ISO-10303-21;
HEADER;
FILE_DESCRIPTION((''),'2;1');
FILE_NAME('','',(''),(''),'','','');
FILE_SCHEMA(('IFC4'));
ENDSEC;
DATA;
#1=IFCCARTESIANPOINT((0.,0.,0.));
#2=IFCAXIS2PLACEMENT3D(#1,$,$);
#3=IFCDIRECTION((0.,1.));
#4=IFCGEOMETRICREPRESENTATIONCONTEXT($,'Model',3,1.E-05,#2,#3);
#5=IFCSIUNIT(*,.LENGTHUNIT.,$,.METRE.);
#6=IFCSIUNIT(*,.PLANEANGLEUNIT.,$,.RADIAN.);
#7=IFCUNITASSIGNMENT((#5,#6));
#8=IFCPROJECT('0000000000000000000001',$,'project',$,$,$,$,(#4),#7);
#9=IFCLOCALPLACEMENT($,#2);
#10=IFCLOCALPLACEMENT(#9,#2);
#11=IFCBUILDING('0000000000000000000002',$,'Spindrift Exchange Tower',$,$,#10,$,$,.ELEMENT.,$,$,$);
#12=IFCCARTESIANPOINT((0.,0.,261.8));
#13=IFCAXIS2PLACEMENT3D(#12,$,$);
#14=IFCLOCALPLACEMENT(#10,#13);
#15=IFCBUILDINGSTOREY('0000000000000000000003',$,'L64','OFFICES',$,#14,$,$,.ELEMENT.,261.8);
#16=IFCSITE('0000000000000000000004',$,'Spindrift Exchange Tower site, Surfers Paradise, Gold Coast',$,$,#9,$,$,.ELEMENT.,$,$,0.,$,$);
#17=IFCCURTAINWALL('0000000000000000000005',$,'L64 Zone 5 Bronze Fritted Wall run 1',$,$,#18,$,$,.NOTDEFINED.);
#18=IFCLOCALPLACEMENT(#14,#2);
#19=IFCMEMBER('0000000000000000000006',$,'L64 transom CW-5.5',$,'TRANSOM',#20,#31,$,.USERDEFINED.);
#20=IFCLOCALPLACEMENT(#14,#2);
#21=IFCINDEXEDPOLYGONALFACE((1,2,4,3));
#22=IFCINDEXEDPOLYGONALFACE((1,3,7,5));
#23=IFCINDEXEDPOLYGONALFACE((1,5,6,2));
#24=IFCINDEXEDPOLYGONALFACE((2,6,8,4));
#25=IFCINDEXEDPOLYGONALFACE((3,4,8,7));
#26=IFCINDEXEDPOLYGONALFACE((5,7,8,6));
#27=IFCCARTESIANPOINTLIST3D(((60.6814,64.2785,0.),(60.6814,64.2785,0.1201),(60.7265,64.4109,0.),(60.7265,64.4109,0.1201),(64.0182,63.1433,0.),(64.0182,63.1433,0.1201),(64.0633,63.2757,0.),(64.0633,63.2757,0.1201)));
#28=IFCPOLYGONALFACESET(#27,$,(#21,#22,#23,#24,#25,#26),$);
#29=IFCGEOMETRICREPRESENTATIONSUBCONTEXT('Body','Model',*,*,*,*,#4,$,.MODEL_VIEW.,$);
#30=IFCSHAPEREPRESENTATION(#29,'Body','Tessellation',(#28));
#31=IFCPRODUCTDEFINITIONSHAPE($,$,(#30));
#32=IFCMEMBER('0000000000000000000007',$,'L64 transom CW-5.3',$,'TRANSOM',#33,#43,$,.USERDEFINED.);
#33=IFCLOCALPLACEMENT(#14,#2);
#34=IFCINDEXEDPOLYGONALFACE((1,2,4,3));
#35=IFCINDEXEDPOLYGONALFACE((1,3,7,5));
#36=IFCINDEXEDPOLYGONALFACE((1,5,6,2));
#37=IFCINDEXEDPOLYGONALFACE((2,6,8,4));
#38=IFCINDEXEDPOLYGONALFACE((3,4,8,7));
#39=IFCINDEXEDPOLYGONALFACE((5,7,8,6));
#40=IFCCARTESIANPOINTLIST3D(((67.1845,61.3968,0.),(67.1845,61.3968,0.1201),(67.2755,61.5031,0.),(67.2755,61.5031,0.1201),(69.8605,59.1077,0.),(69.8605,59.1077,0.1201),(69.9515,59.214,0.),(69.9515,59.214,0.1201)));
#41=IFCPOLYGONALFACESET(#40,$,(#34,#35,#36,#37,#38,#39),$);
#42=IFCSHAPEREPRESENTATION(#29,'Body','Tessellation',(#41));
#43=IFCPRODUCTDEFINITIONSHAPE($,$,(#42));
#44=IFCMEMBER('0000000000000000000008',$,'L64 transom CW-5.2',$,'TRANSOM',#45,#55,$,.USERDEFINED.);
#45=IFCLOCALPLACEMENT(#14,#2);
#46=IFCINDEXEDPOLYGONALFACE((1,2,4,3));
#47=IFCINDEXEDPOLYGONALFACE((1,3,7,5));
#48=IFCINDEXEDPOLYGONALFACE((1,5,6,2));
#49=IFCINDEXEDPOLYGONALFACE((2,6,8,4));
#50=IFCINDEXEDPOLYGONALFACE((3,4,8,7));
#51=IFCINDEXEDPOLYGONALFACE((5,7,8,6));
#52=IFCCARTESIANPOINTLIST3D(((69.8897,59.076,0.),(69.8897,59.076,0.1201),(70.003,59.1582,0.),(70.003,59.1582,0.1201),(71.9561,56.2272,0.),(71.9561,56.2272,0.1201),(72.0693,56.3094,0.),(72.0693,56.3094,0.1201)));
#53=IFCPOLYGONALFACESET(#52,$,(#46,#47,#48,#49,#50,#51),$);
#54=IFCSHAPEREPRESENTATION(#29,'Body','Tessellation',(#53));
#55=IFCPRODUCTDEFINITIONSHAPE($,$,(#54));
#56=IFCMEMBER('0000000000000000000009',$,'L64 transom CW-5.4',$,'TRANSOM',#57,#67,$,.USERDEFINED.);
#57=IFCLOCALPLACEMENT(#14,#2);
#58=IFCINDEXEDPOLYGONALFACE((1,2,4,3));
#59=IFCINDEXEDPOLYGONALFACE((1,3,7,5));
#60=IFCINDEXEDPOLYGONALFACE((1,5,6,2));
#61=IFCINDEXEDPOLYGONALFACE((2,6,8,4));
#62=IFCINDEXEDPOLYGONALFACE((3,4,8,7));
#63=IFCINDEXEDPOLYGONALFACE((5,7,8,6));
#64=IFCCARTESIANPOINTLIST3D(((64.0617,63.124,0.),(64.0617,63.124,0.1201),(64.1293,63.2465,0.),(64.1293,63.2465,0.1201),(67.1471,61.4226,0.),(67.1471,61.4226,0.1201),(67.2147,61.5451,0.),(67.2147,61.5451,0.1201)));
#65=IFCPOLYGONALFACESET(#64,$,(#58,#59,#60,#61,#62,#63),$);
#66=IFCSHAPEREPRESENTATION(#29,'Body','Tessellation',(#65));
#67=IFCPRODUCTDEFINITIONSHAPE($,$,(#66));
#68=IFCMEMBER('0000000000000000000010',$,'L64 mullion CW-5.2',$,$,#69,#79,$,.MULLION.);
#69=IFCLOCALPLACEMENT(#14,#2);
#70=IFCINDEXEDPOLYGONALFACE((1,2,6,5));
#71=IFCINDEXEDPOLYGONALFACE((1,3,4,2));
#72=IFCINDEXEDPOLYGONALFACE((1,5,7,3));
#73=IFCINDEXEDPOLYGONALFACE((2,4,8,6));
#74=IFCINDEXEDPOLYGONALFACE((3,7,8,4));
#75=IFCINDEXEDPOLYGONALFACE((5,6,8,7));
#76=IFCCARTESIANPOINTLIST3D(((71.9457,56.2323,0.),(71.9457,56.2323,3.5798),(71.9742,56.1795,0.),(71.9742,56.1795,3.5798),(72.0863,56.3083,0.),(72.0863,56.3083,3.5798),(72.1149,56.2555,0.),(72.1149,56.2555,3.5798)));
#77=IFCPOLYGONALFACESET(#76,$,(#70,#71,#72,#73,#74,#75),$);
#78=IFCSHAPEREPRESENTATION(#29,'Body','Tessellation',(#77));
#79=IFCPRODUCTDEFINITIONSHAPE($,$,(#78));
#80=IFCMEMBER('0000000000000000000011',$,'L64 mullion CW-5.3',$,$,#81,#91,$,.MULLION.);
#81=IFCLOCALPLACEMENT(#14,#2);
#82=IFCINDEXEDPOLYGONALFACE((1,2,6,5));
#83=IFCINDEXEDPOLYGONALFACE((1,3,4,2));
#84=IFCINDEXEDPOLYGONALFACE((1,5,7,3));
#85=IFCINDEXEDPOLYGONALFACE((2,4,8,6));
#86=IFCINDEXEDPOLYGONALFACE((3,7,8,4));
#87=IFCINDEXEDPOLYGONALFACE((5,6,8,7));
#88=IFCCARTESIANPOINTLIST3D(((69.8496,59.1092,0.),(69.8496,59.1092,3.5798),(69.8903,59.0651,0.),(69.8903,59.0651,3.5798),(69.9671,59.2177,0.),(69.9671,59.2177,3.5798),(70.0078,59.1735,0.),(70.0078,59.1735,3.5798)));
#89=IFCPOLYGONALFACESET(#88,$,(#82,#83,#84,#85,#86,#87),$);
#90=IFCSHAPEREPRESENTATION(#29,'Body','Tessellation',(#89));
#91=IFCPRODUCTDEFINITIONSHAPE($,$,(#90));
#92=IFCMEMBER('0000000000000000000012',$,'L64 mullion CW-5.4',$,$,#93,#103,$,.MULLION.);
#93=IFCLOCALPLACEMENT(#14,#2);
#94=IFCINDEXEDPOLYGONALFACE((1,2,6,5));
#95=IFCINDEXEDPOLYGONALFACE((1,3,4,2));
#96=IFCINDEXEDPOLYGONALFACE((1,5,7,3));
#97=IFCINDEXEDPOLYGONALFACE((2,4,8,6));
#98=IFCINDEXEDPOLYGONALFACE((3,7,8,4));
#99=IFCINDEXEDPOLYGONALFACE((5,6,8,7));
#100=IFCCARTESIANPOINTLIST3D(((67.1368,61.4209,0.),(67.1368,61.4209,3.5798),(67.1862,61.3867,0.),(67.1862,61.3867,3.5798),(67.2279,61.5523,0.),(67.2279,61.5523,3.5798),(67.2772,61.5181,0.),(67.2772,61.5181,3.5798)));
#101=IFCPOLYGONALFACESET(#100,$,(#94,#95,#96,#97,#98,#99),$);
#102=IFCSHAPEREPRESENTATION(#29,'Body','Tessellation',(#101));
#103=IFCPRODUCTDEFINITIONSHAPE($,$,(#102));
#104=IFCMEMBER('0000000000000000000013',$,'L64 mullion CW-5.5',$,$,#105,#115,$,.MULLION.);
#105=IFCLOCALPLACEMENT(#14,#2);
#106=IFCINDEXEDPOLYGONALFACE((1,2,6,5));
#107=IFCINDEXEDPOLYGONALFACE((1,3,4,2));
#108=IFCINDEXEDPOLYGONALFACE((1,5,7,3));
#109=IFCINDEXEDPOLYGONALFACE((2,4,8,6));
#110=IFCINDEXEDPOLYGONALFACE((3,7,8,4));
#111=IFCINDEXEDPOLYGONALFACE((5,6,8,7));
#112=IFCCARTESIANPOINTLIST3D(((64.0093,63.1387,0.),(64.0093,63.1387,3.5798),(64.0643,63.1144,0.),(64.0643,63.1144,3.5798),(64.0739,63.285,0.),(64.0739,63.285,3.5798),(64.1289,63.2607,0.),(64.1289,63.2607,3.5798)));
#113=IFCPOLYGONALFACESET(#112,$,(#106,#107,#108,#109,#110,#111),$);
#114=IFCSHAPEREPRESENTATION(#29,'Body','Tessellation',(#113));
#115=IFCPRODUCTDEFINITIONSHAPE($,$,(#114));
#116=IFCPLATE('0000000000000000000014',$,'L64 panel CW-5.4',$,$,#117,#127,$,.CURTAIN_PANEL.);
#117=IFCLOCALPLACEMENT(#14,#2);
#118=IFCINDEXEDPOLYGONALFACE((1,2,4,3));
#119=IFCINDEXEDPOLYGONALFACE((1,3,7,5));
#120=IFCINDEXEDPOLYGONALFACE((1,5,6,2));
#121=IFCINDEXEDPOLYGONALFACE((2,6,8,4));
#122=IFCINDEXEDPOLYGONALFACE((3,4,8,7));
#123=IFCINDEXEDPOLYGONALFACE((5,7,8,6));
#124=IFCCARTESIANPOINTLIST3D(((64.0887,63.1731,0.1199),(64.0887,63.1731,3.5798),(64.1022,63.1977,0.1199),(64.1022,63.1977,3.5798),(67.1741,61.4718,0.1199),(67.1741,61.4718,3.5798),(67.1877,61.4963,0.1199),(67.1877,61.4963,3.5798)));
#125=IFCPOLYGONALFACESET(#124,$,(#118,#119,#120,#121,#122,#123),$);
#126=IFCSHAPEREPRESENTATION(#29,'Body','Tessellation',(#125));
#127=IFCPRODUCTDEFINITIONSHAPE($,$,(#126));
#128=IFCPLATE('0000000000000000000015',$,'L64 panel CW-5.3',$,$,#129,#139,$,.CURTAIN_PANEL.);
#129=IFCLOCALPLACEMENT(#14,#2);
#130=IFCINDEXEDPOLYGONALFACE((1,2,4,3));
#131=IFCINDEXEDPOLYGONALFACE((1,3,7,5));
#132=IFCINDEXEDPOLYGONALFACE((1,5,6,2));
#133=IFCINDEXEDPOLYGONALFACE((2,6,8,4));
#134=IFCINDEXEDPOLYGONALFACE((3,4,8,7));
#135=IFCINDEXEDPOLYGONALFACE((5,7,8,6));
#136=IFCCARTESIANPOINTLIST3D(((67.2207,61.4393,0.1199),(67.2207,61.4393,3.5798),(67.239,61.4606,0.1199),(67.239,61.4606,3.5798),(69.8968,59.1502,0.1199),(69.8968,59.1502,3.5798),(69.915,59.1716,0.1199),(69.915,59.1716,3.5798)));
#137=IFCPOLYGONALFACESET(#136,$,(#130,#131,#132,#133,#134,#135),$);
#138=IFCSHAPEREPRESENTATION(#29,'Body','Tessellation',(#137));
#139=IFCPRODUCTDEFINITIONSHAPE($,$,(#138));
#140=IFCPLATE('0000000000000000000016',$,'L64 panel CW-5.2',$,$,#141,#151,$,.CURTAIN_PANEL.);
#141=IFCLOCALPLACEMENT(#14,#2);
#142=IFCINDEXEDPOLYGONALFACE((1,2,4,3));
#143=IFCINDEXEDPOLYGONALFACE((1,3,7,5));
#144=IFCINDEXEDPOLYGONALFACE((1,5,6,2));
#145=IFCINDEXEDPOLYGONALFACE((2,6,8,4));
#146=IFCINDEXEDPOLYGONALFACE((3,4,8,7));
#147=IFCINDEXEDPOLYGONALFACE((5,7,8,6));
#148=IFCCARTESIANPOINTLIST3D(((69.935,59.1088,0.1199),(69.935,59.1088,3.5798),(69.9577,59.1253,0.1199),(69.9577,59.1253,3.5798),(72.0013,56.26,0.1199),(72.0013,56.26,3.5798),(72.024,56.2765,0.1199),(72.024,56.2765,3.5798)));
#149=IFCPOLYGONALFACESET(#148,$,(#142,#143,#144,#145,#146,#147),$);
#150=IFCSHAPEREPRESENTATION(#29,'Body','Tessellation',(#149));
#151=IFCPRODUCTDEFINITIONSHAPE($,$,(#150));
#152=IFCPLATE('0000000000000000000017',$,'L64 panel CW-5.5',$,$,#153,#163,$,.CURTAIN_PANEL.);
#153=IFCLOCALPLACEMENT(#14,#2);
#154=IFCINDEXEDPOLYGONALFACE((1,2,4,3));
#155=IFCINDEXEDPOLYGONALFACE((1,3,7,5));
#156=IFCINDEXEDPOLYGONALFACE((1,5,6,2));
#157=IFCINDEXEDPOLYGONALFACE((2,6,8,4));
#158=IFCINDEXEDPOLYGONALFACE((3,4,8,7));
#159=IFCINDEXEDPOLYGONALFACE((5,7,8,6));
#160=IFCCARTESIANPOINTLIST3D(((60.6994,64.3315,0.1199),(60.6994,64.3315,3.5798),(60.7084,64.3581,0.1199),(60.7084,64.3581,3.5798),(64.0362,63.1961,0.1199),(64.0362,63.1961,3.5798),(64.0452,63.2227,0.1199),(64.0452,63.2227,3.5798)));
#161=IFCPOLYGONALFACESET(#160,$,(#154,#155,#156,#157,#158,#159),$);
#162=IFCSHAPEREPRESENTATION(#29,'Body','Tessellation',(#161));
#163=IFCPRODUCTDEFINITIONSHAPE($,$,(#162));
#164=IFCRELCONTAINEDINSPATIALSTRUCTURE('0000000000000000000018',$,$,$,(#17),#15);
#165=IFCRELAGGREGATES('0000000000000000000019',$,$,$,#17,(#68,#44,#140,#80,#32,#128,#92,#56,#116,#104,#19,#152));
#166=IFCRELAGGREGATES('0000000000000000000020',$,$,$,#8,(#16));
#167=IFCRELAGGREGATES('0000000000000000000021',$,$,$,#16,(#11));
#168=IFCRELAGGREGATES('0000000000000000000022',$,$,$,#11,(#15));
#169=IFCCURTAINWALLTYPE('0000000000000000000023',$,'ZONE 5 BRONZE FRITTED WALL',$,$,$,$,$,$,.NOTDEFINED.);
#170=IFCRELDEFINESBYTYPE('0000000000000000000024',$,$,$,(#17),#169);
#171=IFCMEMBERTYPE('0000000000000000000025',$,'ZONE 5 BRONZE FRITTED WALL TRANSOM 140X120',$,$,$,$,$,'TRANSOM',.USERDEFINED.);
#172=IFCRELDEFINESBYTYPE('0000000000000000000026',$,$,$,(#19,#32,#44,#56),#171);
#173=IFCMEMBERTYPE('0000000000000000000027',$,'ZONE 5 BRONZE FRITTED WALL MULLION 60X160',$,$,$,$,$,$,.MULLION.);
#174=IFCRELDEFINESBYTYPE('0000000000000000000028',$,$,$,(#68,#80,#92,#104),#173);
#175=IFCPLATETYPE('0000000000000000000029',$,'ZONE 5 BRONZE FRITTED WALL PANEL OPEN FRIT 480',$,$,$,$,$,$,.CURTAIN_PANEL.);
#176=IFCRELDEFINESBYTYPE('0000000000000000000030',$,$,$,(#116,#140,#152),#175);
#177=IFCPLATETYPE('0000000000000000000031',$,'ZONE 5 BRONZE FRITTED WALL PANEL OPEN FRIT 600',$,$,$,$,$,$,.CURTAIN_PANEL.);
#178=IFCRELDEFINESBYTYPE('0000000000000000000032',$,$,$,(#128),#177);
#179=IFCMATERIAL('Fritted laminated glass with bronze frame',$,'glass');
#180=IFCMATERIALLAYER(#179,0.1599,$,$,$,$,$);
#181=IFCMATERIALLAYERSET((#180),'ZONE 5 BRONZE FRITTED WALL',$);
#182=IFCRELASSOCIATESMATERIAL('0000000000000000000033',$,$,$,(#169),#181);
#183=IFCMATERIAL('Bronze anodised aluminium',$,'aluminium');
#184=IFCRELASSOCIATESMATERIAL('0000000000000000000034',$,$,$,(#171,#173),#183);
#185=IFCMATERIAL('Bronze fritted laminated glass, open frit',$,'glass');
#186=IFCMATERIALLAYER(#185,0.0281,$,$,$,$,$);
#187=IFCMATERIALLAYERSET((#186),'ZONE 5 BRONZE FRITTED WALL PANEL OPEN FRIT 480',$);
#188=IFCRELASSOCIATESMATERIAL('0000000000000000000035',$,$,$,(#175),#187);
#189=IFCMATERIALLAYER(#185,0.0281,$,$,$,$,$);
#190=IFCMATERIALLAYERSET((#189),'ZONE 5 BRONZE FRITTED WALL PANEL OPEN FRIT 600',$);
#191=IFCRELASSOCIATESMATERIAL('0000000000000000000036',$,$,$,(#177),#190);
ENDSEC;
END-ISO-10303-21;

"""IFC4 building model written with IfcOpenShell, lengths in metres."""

from ifc_helpers import new_model, si_unit, direction, frame, origin, origin_2d, place, context, subcontext, project, spatial, rectangle, extrude, source, transform, mapped, material, layer, layer_set, material_profile, profile_set, type_object, element, aggregate, save


model = new_model("IFC4")

# Units and contexts
model_context = context("Model", 3, precision=1e-05, world=origin(), true_north=direction((0.0, 1.0)))
body_context = subcontext(model_context, "Body", "Model", "MODEL_VIEW")
ifc_project = project(units=[si_unit("LENGTHUNIT", "METRE"), si_unit("PLANEANGLEUNIT", "RADIAN")], contexts=[model_context])

# Site, building, storey
site_placement = place(None, origin())
site = spatial("IfcSite", under=ifc_project, at=site_placement, Name="Spindrift Exchange Tower site, Surfers Paradise, Gold Coast", CompositionType="ELEMENT", RefElevation=0.0)
building_placement = place(site_placement, origin())
building = spatial("IfcBuilding", under=site, at=building_placement, Name="Spindrift Exchange Tower", CompositionType="ELEMENT")
storey_placement = place(building_placement, frame((0.0, 0.0, 261.8)))
storey = spatial("IfcBuildingStorey", under=building, at=storey_placement, Name="L64", Description="OFFICES", CompositionType="ELEMENT", Elevation=261.8)

# Curtain wall, members, plates
ifc_material_1 = material(Name="Fritted laminated glass with bronze frame", Category="glass")
ifc_layer_1 = layer(ifc_material_1, 0.1599)
ifc_layer_set_1 = layer_set([ifc_layer_1], Name="ZONE 5 BRONZE FRITTED WALL")
curtain_wall_type = type_object("IfcCurtainWallType", Name="ZONE 5 BRONZE FRITTED WALL", PredefinedType="NOTDEFINED", material=ifc_layer_set_1)
curtain_wall_placement = place(storey_placement, origin())
curtain_wall = element("IfcCurtainWall", 1, at=curtain_wall_placement, inside=storey, type_object=curtain_wall_type, Name="L64 Zone 5 Bronze Fritted Wall run 1", PredefinedType="NOTDEFINED")
ifc_material_2 = material(Name="Bronze anodised aluminium", Category="aluminium")
ifc_material_profile_1 = material_profile(ifc_material_2, rectangle(XDim=0.1399, YDim=0.1201, at=origin_2d()), Name="ZONE 5 BRONZE FRITTED WALL TRANSOM 140X120")
ifc_profile_set_1 = profile_set([ifc_material_profile_1], Name="Bronze anodised aluminium")
member_type_1 = type_object("IfcMemberType", Name="ZONE 5 BRONZE FRITTED WALL TRANSOM 140X120", ElementType="TRANSOM", PredefinedType="USERDEFINED", material=ifc_profile_set_1)
shared_shape_1 = source(origin(), body_context, "Body", "SweptSolid", [
    extrude(rectangle(XDim=0.1399, YDim=0.1201, at=origin_2d()), origin(), (0.0, 0.0, 1.0), 3.5247),
])
member_1_placement = place(storey_placement, frame((64.0408, 63.2095, 0.0601), z_axis=(-0.946712, 0.322082, 0.0), x_axis=(-0.322082, -0.946712, 0.0)))
member_1 = element("IfcMember", 2, at=member_1_placement, type_object=member_type_1, Name="L64 transom CW-5.5", ObjectType="TRANSOM", PredefinedType="USERDEFINED", context=body_context, shape_type="MappedRepresentation", body=[
    mapped(shared_shape_1, transform((0.0, 0.0, 0.0), scale=1.0)),
])
shared_shape_2 = source(origin(), body_context, "Body", "SweptSolid", [
    extrude(rectangle(XDim=0.1399, YDim=0.1201, at=origin_2d()), origin(), (0.0, 0.0, 1.0), 3.5215),
])
member_2_placement = place(storey_placement, frame((69.906, 59.1609, 0.0601), z_axis=(-0.759912, 0.650026, 0.0), x_axis=(-0.650026, -0.759912, 0.0)))
member_2 = element("IfcMember", 3, at=member_2_placement, type_object=member_type_1, Name="L64 transom CW-5.3", ObjectType="TRANSOM", PredefinedType="USERDEFINED", context=body_context, shape_type="MappedRepresentation", body=[
    mapped(shared_shape_2, transform((0.0, 0.0, 0.0), scale=1.0)),
])
shared_shape_3 = source(origin(), body_context, "Body", "SweptSolid", [
    extrude(rectangle(XDim=0.1399, YDim=0.1201, at=origin_2d()), origin(), (0.0, 0.0, 1.0), 3.5193),
])
member_3_placement = place(storey_placement, frame((72.0127, 56.2683, 0.0601), z_axis=(-0.587148, 0.809479, 0.0), x_axis=(-0.809479, -0.587148, 0.0)))
member_3 = element("IfcMember", 4, at=member_3_placement, type_object=member_type_1, Name="L64 transom CW-5.2", ObjectType="TRANSOM", PredefinedType="USERDEFINED", context=body_context, shape_type="MappedRepresentation", body=[
    mapped(shared_shape_3, transform((0.0, 0.0, 0.0), scale=1.0)),
])
shared_shape_4 = source(origin(), body_context, "Body", "SweptSolid", [
    extrude(rectangle(XDim=0.1399, YDim=0.1201, at=origin_2d()), origin(), (0.0, 0.0, 1.0), 3.5234),
])
member_4_placement = place(storey_placement, frame((67.1809, 61.4839, 0.0601), z_axis=(-0.875686, 0.482881, 0.0), x_axis=(-0.482881, -0.875686, 0.0)))
member_4 = element("IfcMember", 5, at=member_4_placement, type_object=member_type_1, Name="L64 transom CW-5.4", ObjectType="TRANSOM", PredefinedType="USERDEFINED", context=body_context, shape_type="MappedRepresentation", body=[
    mapped(shared_shape_4, transform((0.0, 0.0, 0.0), scale=1.0)),
])
ifc_material_profile_2 = material_profile(ifc_material_2, rectangle(XDim=0.0601, YDim=0.1599, at=origin_2d()), Name="ZONE 5 BRONZE FRITTED WALL MULLION 60X160")
ifc_profile_set_2 = profile_set([ifc_material_profile_2], Name="Bronze anodised aluminium")
member_type_2 = type_object("IfcMemberType", Name="ZONE 5 BRONZE FRITTED WALL MULLION 60X160", PredefinedType="MULLION", material=ifc_profile_set_2)
shared_shape_5 = source(origin(), body_context, "Body", "SweptSolid", [
    extrude(rectangle(XDim=0.0601, YDim=0.1599, at=origin_2d()), origin(), (0.0, 0.0, 1.0), 3.5798),
])
member_5_placement = place(storey_placement, frame((72.0303, 56.2439, 0.0), z_axis=(0.0, 0.0, 1.0), x_axis=(-0.475592, 0.879666, 0.0)))
member_5 = element("IfcMember", 6, at=member_5_placement, type_object=member_type_2, Name="L64 mullion CW-5.2", PredefinedType="MULLION", context=body_context, shape_type="MappedRepresentation", body=[
    mapped(shared_shape_5, transform((0.0, 0.0, 0.0), scale=1.0)),
])
member_6_placement = place(storey_placement, frame((69.9287, 59.1414, 0.0), z_axis=(0.0, 0.0, 1.0), x_axis=(-0.678228, 0.734852, 0.0)))
member_6 = element("IfcMember", 7, at=member_6_placement, type_object=member_type_2, Name="L64 mullion CW-5.3", PredefinedType="MULLION", context=body_context, shape_type="MappedRepresentation", body=[
    mapped(shared_shape_5, transform((0.0, 0.0, 0.0), scale=1.0)),
])
member_7_placement = place(storey_placement, frame((67.207, 61.4695, 0.0), z_axis=(0.0, 0.0, 1.0), x_axis=(-0.822067, 0.56939, 0.0)))
member_7 = element("IfcMember", 8, at=member_7_placement, type_object=member_type_2, Name="L64 mullion CW-5.4", PredefinedType="MULLION", context=body_context, shape_type="MappedRepresentation", body=[
    mapped(shared_shape_5, transform((0.0, 0.0, 0.0), scale=1.0)),
])
member_8_placement = place(storey_placement, frame((64.0691, 63.1997, 0.0), z_axis=(0.0, 0.0, 1.0), x_axis=(-0.914735, 0.404054, 0.0)))
member_8 = element("IfcMember", 9, at=member_8_placement, type_object=member_type_2, Name="L64 mullion CW-5.5", PredefinedType="MULLION", context=body_context, shape_type="MappedRepresentation", body=[
    mapped(shared_shape_5, transform((0.0, 0.0, 0.0), scale=1.0)),
])
ifc_material_3 = material(Name="Bronze fritted laminated glass, open frit", Category="glass")
ifc_layer_2 = layer(ifc_material_3, 0.0281)
ifc_layer_set_2 = layer_set([ifc_layer_2], Name="ZONE 5 BRONZE FRITTED WALL PANEL OPEN FRIT 480")
plate_type_1 = type_object("IfcPlateType", Name="ZONE 5 BRONZE FRITTED WALL PANEL OPEN FRIT 480", PredefinedType="CURTAIN_PANEL", material=ifc_layer_set_2)
shared_shape_6 = source(origin(), body_context, "Body", "SweptSolid", [
    extrude(rectangle(XDim=3.5234, YDim=0.0281, at=origin_2d()), origin(), (0.0, 0.0, 1.0), 3.46),
])
plate_1_placement = place(storey_placement, frame((65.6382, 62.3347, 0.1199), z_axis=(0.0, 0.0, 1.0), x_axis=(-0.875697, 0.482861, 0.0)))
plate_1 = element("IfcPlate", 10, at=plate_1_placement, type_object=plate_type_1, Name="L64 panel CW-5.4", PredefinedType="CURTAIN_PANEL", context=body_context, shape_type="MappedRepresentation", body=[
    mapped(shared_shape_6, transform((0.0, 0.0, 0.0), scale=1.0)),
])
ifc_layer_3 = layer(ifc_material_3, 0.0281)
ifc_layer_set_3 = layer_set([ifc_layer_3], Name="ZONE 5 BRONZE FRITTED WALL PANEL OPEN FRIT 600")
plate_type_2 = type_object("IfcPlateType", Name="ZONE 5 BRONZE FRITTED WALL PANEL OPEN FRIT 600", PredefinedType="CURTAIN_PANEL", material=ifc_layer_set_3)
shared_shape_7 = source(origin(), body_context, "Body", "SweptSolid", [
    extrude(rectangle(XDim=3.5215, YDim=0.0281, at=origin_2d()), origin(), (0.0, 0.0, 1.0), 3.46),
])
plate_2_placement = place(storey_placement, frame((68.5679, 60.3054, 0.1199), z_axis=(0.0, 0.0, 1.0), x_axis=(-0.759918, 0.650019, 0.0)))
plate_2 = element("IfcPlate", 11, at=plate_2_placement, type_object=plate_type_2, Name="L64 panel CW-5.3", PredefinedType="CURTAIN_PANEL", context=body_context, shape_type="MappedRepresentation", body=[
    mapped(shared_shape_7, transform((0.0, 0.0, 0.0), scale=1.0)),
])
shared_shape_8 = source(origin(), body_context, "Body", "SweptSolid", [
    extrude(rectangle(XDim=3.5193, YDim=0.0281, at=origin_2d()), origin(), (0.0, 0.0, 1.0), 3.46),
])
plate_3_placement = place(storey_placement, frame((70.9795, 57.6926, 0.1199), z_axis=(0.0, 0.0, 1.0), x_axis=(-0.58713, 0.809493, 0.0)))
plate_3 = element("IfcPlate", 12, at=plate_3_placement, type_object=plate_type_1, Name="L64 panel CW-5.2", PredefinedType="CURTAIN_PANEL", context=body_context, shape_type="MappedRepresentation", body=[
    mapped(shared_shape_8, transform((0.0, 0.0, 0.0), scale=1.0)),
])
shared_shape_9 = source(origin(), body_context, "Body", "SweptSolid", [
    extrude(rectangle(XDim=3.5247, YDim=0.0281, at=origin_2d()), origin(), (0.0, 0.0, 1.0), 3.46),
])
plate_4_placement = place(storey_placement, frame((62.3723, 63.7771, 0.1199), z_axis=(0.0, 0.0, 1.0), x_axis=(-0.946698, 0.322122, 0.0)))
plate_4 = element("IfcPlate", 13, at=plate_4_placement, type_object=plate_type_1, Name="L64 panel CW-5.5", PredefinedType="CURTAIN_PANEL", context=body_context, shape_type="MappedRepresentation", body=[
    mapped(shared_shape_9, transform((0.0, 0.0, 0.0), scale=1.0)),
])
aggregate(curtain_wall, [member_5, member_3, plate_3, member_6, member_2, plate_2, member_7, member_4, plate_1, member_8, member_1, plate_4])

save(model, "model.ifc")
